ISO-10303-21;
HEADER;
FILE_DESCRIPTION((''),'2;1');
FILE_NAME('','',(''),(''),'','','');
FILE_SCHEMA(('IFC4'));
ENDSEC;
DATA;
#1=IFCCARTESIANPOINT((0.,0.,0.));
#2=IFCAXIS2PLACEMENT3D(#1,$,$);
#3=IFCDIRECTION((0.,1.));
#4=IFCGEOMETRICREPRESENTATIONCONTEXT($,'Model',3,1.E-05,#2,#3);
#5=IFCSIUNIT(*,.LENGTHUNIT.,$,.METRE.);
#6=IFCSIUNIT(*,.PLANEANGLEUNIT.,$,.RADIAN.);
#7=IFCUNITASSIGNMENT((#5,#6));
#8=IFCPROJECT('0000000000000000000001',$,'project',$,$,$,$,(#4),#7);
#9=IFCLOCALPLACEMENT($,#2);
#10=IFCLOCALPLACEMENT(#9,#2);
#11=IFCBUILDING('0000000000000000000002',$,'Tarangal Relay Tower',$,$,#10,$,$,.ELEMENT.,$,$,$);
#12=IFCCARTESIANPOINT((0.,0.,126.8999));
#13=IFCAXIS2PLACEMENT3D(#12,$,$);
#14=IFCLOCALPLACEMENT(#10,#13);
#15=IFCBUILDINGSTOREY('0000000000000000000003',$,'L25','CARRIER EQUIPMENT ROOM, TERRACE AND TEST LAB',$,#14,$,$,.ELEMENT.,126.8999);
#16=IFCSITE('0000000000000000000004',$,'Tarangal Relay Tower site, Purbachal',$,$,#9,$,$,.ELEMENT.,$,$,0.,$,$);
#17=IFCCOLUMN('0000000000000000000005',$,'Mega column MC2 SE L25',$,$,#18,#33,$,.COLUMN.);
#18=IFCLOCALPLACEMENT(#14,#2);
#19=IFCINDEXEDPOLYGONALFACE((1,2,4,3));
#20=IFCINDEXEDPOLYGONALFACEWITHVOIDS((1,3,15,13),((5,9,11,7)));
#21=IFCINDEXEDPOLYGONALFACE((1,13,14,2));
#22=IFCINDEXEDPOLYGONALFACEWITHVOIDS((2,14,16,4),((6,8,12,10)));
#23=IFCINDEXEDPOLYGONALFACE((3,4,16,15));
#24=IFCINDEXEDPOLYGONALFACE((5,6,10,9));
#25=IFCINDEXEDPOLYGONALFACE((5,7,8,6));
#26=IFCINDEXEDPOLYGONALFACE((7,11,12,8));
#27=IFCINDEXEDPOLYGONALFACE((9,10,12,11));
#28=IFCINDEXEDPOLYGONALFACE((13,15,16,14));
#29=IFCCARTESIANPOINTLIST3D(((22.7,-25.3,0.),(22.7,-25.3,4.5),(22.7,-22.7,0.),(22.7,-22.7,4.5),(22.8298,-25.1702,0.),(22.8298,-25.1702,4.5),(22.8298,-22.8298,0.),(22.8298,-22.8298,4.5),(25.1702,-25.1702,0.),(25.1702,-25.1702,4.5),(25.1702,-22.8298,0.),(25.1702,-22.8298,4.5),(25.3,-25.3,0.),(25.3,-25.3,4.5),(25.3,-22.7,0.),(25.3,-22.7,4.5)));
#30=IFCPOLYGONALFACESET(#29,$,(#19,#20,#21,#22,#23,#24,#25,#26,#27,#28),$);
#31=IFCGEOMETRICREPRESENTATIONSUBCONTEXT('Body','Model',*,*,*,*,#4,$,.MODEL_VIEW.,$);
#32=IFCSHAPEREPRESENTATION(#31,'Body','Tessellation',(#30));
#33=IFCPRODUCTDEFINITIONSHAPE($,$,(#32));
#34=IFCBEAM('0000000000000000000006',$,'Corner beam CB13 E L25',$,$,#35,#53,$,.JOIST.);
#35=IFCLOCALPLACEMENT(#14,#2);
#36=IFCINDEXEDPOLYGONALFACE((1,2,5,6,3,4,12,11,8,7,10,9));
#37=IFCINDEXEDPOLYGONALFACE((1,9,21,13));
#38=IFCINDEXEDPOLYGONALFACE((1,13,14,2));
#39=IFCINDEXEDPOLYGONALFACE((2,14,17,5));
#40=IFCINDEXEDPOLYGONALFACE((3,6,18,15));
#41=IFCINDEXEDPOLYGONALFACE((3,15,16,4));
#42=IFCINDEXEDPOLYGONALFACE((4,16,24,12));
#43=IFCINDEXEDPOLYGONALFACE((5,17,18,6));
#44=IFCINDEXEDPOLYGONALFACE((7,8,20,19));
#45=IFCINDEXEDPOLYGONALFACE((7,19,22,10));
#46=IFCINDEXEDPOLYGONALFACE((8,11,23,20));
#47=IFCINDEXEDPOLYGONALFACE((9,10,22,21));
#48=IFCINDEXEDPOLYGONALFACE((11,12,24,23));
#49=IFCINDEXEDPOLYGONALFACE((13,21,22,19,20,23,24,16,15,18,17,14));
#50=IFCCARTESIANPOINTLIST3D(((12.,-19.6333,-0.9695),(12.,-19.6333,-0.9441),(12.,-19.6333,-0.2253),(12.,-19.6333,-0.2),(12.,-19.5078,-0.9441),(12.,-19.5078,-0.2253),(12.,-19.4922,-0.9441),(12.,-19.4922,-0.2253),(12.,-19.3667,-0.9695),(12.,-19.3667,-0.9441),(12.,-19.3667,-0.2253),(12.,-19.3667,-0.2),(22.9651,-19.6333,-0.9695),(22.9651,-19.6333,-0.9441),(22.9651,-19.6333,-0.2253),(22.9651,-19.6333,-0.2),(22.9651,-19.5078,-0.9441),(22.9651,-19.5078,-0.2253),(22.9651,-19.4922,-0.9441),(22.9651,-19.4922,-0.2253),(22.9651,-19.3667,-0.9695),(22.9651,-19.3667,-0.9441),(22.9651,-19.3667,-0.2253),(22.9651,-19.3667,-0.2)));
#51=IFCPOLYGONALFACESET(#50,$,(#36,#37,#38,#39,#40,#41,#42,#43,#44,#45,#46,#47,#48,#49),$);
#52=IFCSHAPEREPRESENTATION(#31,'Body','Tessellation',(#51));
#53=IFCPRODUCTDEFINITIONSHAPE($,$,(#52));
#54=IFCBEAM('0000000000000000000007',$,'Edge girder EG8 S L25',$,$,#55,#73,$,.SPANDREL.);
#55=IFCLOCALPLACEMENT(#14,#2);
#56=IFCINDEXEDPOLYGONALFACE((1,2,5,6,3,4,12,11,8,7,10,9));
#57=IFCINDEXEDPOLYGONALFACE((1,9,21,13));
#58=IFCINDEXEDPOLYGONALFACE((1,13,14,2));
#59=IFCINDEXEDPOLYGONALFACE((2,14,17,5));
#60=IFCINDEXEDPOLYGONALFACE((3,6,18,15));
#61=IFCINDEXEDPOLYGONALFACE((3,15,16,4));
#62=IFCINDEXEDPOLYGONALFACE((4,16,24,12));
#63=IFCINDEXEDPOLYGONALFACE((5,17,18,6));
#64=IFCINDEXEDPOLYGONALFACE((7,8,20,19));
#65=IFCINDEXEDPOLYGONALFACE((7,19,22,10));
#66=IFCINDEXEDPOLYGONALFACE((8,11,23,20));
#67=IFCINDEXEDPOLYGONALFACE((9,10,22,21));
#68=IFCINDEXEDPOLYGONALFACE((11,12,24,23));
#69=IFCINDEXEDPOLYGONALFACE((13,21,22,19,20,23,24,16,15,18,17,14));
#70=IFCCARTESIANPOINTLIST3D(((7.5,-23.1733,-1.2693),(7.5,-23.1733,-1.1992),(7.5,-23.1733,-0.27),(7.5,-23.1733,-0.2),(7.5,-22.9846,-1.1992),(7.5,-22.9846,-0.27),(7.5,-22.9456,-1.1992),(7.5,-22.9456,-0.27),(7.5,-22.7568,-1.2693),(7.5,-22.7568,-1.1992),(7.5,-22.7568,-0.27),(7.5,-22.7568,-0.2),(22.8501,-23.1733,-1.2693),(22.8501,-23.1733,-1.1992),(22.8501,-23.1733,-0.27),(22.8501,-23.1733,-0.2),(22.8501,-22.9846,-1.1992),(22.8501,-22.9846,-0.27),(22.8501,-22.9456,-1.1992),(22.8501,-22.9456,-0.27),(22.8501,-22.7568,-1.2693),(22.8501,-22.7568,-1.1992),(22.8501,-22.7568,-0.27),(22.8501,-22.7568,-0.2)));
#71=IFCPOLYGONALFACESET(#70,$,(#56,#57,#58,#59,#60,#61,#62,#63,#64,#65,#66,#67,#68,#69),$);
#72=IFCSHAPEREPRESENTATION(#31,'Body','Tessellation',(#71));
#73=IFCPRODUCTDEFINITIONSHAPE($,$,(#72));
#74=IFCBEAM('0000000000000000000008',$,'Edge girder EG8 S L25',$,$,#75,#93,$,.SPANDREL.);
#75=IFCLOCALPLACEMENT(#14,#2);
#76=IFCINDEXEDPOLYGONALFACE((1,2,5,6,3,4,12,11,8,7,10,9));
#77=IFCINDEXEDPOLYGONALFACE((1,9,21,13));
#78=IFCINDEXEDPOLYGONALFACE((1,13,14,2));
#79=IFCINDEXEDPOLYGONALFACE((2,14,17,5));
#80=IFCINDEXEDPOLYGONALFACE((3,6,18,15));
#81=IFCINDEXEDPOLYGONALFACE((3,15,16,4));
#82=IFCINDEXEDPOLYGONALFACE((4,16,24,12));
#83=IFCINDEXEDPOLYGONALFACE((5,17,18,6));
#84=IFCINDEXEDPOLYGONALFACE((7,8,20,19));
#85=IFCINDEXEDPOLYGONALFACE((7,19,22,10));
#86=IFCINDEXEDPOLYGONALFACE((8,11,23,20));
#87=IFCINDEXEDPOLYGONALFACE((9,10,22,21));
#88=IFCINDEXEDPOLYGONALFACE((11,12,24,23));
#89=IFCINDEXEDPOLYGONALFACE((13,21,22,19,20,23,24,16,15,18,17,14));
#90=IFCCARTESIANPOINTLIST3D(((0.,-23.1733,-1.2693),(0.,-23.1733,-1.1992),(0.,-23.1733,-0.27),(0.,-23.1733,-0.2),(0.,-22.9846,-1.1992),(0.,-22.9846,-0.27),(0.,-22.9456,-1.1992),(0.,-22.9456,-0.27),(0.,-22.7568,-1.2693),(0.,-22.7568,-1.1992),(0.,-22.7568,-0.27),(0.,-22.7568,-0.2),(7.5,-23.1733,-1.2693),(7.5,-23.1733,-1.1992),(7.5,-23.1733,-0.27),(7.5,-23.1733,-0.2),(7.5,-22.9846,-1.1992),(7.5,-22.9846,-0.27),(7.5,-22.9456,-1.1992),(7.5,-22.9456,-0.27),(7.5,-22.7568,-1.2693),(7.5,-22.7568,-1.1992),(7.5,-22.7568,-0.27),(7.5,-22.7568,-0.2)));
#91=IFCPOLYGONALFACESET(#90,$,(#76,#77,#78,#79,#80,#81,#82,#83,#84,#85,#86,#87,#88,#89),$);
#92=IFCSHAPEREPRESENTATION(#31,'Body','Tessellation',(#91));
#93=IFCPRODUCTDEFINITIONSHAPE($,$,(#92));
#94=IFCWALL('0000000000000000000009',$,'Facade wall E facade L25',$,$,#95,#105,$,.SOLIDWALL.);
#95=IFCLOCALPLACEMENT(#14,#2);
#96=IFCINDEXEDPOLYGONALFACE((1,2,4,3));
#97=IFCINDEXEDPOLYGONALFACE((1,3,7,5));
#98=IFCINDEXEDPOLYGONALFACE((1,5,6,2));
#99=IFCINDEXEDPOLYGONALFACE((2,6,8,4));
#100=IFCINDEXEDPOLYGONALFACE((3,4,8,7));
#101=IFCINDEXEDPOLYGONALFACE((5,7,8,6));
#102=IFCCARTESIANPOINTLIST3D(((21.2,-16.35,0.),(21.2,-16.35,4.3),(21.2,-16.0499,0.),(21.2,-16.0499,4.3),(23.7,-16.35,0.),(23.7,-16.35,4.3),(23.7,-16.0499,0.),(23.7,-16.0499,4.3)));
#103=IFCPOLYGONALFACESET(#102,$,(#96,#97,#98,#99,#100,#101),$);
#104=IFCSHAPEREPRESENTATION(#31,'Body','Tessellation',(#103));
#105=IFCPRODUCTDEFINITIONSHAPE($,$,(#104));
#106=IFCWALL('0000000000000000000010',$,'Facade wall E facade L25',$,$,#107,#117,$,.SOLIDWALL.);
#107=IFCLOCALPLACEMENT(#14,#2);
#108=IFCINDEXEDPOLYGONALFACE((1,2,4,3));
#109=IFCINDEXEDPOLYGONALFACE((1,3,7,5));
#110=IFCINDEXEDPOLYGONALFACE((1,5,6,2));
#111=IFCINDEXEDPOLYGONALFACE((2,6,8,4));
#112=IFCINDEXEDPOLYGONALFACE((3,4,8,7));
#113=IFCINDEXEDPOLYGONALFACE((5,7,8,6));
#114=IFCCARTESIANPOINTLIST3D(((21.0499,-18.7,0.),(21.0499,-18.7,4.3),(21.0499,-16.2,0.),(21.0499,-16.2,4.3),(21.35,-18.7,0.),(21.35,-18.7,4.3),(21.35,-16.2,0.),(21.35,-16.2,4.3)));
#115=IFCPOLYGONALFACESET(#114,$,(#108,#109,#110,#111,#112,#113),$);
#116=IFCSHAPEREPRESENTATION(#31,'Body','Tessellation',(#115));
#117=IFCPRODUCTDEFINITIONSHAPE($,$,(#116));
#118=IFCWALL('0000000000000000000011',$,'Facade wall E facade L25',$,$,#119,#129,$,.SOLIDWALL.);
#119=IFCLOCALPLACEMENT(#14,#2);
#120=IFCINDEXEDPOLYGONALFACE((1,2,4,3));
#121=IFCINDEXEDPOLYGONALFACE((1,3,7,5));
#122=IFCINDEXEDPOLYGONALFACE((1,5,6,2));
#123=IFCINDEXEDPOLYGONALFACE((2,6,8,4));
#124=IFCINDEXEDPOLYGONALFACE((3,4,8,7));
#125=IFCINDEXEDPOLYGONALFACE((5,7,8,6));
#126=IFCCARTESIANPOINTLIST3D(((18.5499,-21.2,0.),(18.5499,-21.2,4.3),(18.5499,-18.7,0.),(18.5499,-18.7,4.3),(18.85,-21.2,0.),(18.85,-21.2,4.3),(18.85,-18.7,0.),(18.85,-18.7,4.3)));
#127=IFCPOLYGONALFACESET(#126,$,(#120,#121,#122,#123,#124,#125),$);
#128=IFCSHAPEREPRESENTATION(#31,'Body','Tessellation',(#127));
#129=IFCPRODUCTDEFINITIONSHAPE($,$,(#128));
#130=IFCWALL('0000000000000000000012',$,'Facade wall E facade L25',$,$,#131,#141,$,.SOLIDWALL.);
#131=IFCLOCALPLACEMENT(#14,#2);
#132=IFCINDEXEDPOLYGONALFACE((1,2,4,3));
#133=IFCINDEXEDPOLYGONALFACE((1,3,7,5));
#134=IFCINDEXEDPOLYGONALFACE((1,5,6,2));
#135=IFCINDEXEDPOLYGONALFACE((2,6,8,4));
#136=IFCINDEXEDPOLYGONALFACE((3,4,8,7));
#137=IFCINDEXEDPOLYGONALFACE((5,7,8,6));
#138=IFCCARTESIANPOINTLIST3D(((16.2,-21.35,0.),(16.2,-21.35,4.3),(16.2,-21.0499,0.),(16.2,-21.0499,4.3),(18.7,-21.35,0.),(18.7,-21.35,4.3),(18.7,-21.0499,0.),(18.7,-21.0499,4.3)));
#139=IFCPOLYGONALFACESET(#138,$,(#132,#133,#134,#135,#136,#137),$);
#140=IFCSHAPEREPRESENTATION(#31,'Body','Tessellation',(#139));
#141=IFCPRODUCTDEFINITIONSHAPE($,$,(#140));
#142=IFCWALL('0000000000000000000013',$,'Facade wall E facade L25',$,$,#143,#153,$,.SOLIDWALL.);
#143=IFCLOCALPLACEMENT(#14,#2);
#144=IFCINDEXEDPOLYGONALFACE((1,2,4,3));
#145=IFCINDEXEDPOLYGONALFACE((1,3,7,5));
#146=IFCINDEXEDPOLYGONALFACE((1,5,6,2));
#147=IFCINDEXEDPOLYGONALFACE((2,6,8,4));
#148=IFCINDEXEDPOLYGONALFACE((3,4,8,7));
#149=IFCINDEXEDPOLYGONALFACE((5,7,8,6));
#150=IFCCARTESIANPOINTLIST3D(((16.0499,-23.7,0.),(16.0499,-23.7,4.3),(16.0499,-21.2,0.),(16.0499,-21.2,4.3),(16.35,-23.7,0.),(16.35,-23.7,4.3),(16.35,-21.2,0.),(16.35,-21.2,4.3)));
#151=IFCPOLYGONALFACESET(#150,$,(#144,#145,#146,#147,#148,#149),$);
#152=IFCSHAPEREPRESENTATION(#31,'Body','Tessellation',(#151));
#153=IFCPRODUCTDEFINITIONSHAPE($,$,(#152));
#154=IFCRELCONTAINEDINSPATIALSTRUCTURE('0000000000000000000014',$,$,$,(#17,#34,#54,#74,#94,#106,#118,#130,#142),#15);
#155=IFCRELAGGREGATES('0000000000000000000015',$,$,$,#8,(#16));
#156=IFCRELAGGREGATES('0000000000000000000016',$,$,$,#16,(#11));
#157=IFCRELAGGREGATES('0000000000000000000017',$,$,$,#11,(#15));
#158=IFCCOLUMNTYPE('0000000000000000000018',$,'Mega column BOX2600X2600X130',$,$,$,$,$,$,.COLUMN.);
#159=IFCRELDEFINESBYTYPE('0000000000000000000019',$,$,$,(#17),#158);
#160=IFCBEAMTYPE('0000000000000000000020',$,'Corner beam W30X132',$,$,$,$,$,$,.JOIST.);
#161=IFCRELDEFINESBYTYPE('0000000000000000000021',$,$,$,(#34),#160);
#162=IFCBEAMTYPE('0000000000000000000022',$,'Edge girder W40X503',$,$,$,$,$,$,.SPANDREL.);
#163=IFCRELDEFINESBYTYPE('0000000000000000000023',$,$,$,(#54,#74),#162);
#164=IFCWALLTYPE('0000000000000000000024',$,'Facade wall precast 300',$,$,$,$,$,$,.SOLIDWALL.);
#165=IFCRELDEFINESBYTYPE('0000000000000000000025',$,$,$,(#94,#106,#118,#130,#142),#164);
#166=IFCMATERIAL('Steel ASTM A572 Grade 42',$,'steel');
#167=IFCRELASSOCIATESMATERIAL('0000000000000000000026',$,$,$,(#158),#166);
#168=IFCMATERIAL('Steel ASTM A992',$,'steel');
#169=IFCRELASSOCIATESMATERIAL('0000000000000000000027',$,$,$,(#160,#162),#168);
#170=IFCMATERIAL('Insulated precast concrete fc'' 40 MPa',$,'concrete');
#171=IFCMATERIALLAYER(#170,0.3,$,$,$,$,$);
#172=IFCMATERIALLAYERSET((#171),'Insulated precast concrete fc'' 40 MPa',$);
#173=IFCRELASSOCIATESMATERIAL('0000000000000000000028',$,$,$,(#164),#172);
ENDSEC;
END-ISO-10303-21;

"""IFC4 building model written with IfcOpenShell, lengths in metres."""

from ifc_helpers import new_model, si_unit, direction, frame, frame_2d, origin, origin_2d, place, context, subcontext, project, spatial, rectangle, hollow_rectangle, i_section, extrude, material, layer, layer_set, material_profile, profile_set, type_object, element, save


model = new_model("IFC4")

# Units and contexts
model_context = context("Model", 3, precision=1e-05, world=origin(), true_north=direction((0.0, 1.0)))
body_context = subcontext(model_context, "Body", "Model", "MODEL_VIEW")
ifc_project = project(units=[si_unit("LENGTHUNIT", "METRE"), si_unit("PLANEANGLEUNIT", "RADIAN")], contexts=[model_context])

# Site, building, storey
site_placement = place(None, origin())
site = spatial("IfcSite", under=ifc_project, at=site_placement, Name="Tarangal Relay Tower site, Purbachal", CompositionType="ELEMENT", RefElevation=0.0)
building_placement = place(site_placement, origin())
building = spatial("IfcBuilding", under=site, at=building_placement, Name="Tarangal Relay Tower", CompositionType="ELEMENT")
storey_placement = place(building_placement, frame((0.0, 0.0, 126.8999)))
storey = spatial("IfcBuildingStorey", under=building, at=storey_placement, Name="L25", Description="CARRIER EQUIPMENT ROOM, TERRACE AND TEST LAB", CompositionType="ELEMENT", Elevation=126.8999)

# Column
ifc_material_1 = material(Name="Steel ASTM A572 Grade 42", Category="steel")
ifc_material_profile_1 = material_profile(ifc_material_1, hollow_rectangle(XDim=2.6001, YDim=2.6001, WallThickness=0.1299, at=origin_2d()), Name="BOX2600X2600X130")
ifc_profile_set_1 = profile_set([ifc_material_profile_1], Name="Steel ASTM A572 Grade 42")
column_type = type_object("IfcColumnType", Name="Mega column BOX2600X2600X130", PredefinedType="COLUMN", material=ifc_profile_set_1)
column_placement = place(storey_placement, frame((24.0, -24.0, 0.0), z_axis=(0.0, 0.0, 1.0), x_axis=(1.0, 0.0, 0.0)))
element("IfcColumn", 1, at=column_placement, inside=storey, type_object=column_type, Name="Mega column MC2 SE L25", PredefinedType="COLUMN", context=body_context, shape_type="SweptSolid", body=[
    extrude(hollow_rectangle(XDim=2.6001, YDim=2.6001, WallThickness=0.1299, at=origin_2d()), origin(), (0.0, 0.0, 1.0), 4.5),
])

# Beams
ifc_material_2 = material(Name="Steel ASTM A992", Category="steel")
ifc_material_profile_2 = material_profile(ifc_material_2, i_section(OverallWidth=0.2666, OverallDepth=0.7695, WebThickness=0.0156, FlangeThickness=0.0254, at=origin_2d()), Name="W30X132")
ifc_profile_set_2 = profile_set([ifc_material_profile_2], Name="Steel ASTM A992")
beam_type_1 = type_object("IfcBeamType", Name="Corner beam W30X132", PredefinedType="JOIST", material=ifc_profile_set_2)
beam_1_placement = place(storey_placement, frame((12.0, -19.5, -0.5847), z_axis=(1.0, 0.0, 0.0), x_axis=(0.0, 1.0, 0.0)))
element("IfcBeam", 2, at=beam_1_placement, inside=storey, type_object=beam_type_1, Name="Corner beam CB13 E L25", PredefinedType="JOIST", context=body_context, shape_type="SweptSolid", body=[
    extrude(i_section(OverallWidth=0.2666, OverallDepth=0.7695, WebThickness=0.0156, FlangeThickness=0.0254, at=origin_2d()), origin(), (0.0, 0.0, 1.0), 10.9651),
])
ifc_material_profile_3 = material_profile(ifc_material_2, i_section(OverallWidth=0.4165, OverallDepth=1.0693, WebThickness=0.0391, FlangeThickness=0.0701, at=origin_2d()), Name="W40X503")
ifc_profile_set_3 = profile_set([ifc_material_profile_3], Name="Steel ASTM A992")
beam_type_2 = type_object("IfcBeamType", Name="Edge girder W40X503", PredefinedType="SPANDREL", material=ifc_profile_set_3)
beam_2_placement = place(storey_placement, frame((22.8501, -22.9651, -0.7346), z_axis=(-1.0, 0.0, 0.0), x_axis=(0.0, -1.0, 0.0)))
element("IfcBeam", 3, at=beam_2_placement, inside=storey, type_object=beam_type_2, Name="Edge girder EG8 S L25", PredefinedType="SPANDREL", context=body_context, shape_type="SweptSolid", body=[
    extrude(i_section(OverallWidth=0.4165, OverallDepth=1.0693, WebThickness=0.0391, FlangeThickness=0.0701, at=origin_2d()), origin(), (0.0, 0.0, 1.0), 15.3501),
])
beam_3_placement = place(storey_placement, frame((7.5, -22.9651, -0.7346), z_axis=(-1.0, 0.0, 0.0), x_axis=(0.0, -1.0, 0.0)))
element("IfcBeam", 4, at=beam_3_placement, inside=storey, type_object=beam_type_2, Name="Edge girder EG8 S L25", PredefinedType="SPANDREL", context=body_context, shape_type="SweptSolid", body=[
    extrude(i_section(OverallWidth=0.4165, OverallDepth=1.0693, WebThickness=0.0391, FlangeThickness=0.0701, at=origin_2d()), origin(), (0.0, 0.0, 1.0), 7.5),
])

# Walls
ifc_material_3 = material(Name="Insulated precast concrete fc' 40 MPa", Category="concrete")
ifc_layer_1 = layer(ifc_material_3, 0.3)
ifc_layer_set_1 = layer_set([ifc_layer_1], Name="Insulated precast concrete fc' 40 MPa")
wall_type_1 = type_object("IfcWallType", Name="Facade wall precast 300", PredefinedType="SOLIDWALL", material=ifc_layer_set_1)
for number, where, z_axis, x_axis, name in (
    (5, (23.7, -16.2, 0.0), (0.0, 0.0, 1.0), (-1.0, 0.0, 0.0), "Facade wall E facade L25"),
    (6, (21.2, -16.2, 0.0), (0.0, 0.0, 1.0), (0.0, -1.0, 0.0), "Facade wall E facade L25"),
):
    element("IfcWall", number, at=place(storey_placement, frame(where, z_axis=z_axis, x_axis=x_axis)), inside=storey, type_object=wall_type_1, Name=name, PredefinedType="SOLIDWALL", context=body_context, shape_type="SweptSolid", body=[
        extrude(rectangle(XDim=2.5, YDim=0.3, at=frame_2d((1.25, 0.0))), origin(), (0.0, 0.0, 1.0), 4.3),
    ])

# Walls
for number, where, z_axis, x_axis, name in (
    (7, (18.7, -18.7, 0.0), (0.0, 0.0, 1.0), (0.0, -1.0, 0.0), "Facade wall E facade L25"),
    (8, (18.7, -21.2, 0.0), (0.0, 0.0, 1.0), (-1.0, 0.0, 0.0), "Facade wall E facade L25"),
    (9, (16.2, -21.2, 0.0), (0.0, 0.0, 1.0), (0.0, -1.0, 0.0), "Facade wall E facade L25"),
):
    element("IfcWall", number, at=place(storey_placement, frame(where, z_axis=z_axis, x_axis=x_axis)), inside=storey, type_object=wall_type_1, Name=name, PredefinedType="SOLIDWALL", context=body_context, shape_type="SweptSolid", body=[
        extrude(rectangle(XDim=2.5, YDim=0.3, at=frame_2d((1.25, 0.0))), origin(), (0.0, 0.0, 1.0), 4.3),
    ])

save(model, "model.ifc")
